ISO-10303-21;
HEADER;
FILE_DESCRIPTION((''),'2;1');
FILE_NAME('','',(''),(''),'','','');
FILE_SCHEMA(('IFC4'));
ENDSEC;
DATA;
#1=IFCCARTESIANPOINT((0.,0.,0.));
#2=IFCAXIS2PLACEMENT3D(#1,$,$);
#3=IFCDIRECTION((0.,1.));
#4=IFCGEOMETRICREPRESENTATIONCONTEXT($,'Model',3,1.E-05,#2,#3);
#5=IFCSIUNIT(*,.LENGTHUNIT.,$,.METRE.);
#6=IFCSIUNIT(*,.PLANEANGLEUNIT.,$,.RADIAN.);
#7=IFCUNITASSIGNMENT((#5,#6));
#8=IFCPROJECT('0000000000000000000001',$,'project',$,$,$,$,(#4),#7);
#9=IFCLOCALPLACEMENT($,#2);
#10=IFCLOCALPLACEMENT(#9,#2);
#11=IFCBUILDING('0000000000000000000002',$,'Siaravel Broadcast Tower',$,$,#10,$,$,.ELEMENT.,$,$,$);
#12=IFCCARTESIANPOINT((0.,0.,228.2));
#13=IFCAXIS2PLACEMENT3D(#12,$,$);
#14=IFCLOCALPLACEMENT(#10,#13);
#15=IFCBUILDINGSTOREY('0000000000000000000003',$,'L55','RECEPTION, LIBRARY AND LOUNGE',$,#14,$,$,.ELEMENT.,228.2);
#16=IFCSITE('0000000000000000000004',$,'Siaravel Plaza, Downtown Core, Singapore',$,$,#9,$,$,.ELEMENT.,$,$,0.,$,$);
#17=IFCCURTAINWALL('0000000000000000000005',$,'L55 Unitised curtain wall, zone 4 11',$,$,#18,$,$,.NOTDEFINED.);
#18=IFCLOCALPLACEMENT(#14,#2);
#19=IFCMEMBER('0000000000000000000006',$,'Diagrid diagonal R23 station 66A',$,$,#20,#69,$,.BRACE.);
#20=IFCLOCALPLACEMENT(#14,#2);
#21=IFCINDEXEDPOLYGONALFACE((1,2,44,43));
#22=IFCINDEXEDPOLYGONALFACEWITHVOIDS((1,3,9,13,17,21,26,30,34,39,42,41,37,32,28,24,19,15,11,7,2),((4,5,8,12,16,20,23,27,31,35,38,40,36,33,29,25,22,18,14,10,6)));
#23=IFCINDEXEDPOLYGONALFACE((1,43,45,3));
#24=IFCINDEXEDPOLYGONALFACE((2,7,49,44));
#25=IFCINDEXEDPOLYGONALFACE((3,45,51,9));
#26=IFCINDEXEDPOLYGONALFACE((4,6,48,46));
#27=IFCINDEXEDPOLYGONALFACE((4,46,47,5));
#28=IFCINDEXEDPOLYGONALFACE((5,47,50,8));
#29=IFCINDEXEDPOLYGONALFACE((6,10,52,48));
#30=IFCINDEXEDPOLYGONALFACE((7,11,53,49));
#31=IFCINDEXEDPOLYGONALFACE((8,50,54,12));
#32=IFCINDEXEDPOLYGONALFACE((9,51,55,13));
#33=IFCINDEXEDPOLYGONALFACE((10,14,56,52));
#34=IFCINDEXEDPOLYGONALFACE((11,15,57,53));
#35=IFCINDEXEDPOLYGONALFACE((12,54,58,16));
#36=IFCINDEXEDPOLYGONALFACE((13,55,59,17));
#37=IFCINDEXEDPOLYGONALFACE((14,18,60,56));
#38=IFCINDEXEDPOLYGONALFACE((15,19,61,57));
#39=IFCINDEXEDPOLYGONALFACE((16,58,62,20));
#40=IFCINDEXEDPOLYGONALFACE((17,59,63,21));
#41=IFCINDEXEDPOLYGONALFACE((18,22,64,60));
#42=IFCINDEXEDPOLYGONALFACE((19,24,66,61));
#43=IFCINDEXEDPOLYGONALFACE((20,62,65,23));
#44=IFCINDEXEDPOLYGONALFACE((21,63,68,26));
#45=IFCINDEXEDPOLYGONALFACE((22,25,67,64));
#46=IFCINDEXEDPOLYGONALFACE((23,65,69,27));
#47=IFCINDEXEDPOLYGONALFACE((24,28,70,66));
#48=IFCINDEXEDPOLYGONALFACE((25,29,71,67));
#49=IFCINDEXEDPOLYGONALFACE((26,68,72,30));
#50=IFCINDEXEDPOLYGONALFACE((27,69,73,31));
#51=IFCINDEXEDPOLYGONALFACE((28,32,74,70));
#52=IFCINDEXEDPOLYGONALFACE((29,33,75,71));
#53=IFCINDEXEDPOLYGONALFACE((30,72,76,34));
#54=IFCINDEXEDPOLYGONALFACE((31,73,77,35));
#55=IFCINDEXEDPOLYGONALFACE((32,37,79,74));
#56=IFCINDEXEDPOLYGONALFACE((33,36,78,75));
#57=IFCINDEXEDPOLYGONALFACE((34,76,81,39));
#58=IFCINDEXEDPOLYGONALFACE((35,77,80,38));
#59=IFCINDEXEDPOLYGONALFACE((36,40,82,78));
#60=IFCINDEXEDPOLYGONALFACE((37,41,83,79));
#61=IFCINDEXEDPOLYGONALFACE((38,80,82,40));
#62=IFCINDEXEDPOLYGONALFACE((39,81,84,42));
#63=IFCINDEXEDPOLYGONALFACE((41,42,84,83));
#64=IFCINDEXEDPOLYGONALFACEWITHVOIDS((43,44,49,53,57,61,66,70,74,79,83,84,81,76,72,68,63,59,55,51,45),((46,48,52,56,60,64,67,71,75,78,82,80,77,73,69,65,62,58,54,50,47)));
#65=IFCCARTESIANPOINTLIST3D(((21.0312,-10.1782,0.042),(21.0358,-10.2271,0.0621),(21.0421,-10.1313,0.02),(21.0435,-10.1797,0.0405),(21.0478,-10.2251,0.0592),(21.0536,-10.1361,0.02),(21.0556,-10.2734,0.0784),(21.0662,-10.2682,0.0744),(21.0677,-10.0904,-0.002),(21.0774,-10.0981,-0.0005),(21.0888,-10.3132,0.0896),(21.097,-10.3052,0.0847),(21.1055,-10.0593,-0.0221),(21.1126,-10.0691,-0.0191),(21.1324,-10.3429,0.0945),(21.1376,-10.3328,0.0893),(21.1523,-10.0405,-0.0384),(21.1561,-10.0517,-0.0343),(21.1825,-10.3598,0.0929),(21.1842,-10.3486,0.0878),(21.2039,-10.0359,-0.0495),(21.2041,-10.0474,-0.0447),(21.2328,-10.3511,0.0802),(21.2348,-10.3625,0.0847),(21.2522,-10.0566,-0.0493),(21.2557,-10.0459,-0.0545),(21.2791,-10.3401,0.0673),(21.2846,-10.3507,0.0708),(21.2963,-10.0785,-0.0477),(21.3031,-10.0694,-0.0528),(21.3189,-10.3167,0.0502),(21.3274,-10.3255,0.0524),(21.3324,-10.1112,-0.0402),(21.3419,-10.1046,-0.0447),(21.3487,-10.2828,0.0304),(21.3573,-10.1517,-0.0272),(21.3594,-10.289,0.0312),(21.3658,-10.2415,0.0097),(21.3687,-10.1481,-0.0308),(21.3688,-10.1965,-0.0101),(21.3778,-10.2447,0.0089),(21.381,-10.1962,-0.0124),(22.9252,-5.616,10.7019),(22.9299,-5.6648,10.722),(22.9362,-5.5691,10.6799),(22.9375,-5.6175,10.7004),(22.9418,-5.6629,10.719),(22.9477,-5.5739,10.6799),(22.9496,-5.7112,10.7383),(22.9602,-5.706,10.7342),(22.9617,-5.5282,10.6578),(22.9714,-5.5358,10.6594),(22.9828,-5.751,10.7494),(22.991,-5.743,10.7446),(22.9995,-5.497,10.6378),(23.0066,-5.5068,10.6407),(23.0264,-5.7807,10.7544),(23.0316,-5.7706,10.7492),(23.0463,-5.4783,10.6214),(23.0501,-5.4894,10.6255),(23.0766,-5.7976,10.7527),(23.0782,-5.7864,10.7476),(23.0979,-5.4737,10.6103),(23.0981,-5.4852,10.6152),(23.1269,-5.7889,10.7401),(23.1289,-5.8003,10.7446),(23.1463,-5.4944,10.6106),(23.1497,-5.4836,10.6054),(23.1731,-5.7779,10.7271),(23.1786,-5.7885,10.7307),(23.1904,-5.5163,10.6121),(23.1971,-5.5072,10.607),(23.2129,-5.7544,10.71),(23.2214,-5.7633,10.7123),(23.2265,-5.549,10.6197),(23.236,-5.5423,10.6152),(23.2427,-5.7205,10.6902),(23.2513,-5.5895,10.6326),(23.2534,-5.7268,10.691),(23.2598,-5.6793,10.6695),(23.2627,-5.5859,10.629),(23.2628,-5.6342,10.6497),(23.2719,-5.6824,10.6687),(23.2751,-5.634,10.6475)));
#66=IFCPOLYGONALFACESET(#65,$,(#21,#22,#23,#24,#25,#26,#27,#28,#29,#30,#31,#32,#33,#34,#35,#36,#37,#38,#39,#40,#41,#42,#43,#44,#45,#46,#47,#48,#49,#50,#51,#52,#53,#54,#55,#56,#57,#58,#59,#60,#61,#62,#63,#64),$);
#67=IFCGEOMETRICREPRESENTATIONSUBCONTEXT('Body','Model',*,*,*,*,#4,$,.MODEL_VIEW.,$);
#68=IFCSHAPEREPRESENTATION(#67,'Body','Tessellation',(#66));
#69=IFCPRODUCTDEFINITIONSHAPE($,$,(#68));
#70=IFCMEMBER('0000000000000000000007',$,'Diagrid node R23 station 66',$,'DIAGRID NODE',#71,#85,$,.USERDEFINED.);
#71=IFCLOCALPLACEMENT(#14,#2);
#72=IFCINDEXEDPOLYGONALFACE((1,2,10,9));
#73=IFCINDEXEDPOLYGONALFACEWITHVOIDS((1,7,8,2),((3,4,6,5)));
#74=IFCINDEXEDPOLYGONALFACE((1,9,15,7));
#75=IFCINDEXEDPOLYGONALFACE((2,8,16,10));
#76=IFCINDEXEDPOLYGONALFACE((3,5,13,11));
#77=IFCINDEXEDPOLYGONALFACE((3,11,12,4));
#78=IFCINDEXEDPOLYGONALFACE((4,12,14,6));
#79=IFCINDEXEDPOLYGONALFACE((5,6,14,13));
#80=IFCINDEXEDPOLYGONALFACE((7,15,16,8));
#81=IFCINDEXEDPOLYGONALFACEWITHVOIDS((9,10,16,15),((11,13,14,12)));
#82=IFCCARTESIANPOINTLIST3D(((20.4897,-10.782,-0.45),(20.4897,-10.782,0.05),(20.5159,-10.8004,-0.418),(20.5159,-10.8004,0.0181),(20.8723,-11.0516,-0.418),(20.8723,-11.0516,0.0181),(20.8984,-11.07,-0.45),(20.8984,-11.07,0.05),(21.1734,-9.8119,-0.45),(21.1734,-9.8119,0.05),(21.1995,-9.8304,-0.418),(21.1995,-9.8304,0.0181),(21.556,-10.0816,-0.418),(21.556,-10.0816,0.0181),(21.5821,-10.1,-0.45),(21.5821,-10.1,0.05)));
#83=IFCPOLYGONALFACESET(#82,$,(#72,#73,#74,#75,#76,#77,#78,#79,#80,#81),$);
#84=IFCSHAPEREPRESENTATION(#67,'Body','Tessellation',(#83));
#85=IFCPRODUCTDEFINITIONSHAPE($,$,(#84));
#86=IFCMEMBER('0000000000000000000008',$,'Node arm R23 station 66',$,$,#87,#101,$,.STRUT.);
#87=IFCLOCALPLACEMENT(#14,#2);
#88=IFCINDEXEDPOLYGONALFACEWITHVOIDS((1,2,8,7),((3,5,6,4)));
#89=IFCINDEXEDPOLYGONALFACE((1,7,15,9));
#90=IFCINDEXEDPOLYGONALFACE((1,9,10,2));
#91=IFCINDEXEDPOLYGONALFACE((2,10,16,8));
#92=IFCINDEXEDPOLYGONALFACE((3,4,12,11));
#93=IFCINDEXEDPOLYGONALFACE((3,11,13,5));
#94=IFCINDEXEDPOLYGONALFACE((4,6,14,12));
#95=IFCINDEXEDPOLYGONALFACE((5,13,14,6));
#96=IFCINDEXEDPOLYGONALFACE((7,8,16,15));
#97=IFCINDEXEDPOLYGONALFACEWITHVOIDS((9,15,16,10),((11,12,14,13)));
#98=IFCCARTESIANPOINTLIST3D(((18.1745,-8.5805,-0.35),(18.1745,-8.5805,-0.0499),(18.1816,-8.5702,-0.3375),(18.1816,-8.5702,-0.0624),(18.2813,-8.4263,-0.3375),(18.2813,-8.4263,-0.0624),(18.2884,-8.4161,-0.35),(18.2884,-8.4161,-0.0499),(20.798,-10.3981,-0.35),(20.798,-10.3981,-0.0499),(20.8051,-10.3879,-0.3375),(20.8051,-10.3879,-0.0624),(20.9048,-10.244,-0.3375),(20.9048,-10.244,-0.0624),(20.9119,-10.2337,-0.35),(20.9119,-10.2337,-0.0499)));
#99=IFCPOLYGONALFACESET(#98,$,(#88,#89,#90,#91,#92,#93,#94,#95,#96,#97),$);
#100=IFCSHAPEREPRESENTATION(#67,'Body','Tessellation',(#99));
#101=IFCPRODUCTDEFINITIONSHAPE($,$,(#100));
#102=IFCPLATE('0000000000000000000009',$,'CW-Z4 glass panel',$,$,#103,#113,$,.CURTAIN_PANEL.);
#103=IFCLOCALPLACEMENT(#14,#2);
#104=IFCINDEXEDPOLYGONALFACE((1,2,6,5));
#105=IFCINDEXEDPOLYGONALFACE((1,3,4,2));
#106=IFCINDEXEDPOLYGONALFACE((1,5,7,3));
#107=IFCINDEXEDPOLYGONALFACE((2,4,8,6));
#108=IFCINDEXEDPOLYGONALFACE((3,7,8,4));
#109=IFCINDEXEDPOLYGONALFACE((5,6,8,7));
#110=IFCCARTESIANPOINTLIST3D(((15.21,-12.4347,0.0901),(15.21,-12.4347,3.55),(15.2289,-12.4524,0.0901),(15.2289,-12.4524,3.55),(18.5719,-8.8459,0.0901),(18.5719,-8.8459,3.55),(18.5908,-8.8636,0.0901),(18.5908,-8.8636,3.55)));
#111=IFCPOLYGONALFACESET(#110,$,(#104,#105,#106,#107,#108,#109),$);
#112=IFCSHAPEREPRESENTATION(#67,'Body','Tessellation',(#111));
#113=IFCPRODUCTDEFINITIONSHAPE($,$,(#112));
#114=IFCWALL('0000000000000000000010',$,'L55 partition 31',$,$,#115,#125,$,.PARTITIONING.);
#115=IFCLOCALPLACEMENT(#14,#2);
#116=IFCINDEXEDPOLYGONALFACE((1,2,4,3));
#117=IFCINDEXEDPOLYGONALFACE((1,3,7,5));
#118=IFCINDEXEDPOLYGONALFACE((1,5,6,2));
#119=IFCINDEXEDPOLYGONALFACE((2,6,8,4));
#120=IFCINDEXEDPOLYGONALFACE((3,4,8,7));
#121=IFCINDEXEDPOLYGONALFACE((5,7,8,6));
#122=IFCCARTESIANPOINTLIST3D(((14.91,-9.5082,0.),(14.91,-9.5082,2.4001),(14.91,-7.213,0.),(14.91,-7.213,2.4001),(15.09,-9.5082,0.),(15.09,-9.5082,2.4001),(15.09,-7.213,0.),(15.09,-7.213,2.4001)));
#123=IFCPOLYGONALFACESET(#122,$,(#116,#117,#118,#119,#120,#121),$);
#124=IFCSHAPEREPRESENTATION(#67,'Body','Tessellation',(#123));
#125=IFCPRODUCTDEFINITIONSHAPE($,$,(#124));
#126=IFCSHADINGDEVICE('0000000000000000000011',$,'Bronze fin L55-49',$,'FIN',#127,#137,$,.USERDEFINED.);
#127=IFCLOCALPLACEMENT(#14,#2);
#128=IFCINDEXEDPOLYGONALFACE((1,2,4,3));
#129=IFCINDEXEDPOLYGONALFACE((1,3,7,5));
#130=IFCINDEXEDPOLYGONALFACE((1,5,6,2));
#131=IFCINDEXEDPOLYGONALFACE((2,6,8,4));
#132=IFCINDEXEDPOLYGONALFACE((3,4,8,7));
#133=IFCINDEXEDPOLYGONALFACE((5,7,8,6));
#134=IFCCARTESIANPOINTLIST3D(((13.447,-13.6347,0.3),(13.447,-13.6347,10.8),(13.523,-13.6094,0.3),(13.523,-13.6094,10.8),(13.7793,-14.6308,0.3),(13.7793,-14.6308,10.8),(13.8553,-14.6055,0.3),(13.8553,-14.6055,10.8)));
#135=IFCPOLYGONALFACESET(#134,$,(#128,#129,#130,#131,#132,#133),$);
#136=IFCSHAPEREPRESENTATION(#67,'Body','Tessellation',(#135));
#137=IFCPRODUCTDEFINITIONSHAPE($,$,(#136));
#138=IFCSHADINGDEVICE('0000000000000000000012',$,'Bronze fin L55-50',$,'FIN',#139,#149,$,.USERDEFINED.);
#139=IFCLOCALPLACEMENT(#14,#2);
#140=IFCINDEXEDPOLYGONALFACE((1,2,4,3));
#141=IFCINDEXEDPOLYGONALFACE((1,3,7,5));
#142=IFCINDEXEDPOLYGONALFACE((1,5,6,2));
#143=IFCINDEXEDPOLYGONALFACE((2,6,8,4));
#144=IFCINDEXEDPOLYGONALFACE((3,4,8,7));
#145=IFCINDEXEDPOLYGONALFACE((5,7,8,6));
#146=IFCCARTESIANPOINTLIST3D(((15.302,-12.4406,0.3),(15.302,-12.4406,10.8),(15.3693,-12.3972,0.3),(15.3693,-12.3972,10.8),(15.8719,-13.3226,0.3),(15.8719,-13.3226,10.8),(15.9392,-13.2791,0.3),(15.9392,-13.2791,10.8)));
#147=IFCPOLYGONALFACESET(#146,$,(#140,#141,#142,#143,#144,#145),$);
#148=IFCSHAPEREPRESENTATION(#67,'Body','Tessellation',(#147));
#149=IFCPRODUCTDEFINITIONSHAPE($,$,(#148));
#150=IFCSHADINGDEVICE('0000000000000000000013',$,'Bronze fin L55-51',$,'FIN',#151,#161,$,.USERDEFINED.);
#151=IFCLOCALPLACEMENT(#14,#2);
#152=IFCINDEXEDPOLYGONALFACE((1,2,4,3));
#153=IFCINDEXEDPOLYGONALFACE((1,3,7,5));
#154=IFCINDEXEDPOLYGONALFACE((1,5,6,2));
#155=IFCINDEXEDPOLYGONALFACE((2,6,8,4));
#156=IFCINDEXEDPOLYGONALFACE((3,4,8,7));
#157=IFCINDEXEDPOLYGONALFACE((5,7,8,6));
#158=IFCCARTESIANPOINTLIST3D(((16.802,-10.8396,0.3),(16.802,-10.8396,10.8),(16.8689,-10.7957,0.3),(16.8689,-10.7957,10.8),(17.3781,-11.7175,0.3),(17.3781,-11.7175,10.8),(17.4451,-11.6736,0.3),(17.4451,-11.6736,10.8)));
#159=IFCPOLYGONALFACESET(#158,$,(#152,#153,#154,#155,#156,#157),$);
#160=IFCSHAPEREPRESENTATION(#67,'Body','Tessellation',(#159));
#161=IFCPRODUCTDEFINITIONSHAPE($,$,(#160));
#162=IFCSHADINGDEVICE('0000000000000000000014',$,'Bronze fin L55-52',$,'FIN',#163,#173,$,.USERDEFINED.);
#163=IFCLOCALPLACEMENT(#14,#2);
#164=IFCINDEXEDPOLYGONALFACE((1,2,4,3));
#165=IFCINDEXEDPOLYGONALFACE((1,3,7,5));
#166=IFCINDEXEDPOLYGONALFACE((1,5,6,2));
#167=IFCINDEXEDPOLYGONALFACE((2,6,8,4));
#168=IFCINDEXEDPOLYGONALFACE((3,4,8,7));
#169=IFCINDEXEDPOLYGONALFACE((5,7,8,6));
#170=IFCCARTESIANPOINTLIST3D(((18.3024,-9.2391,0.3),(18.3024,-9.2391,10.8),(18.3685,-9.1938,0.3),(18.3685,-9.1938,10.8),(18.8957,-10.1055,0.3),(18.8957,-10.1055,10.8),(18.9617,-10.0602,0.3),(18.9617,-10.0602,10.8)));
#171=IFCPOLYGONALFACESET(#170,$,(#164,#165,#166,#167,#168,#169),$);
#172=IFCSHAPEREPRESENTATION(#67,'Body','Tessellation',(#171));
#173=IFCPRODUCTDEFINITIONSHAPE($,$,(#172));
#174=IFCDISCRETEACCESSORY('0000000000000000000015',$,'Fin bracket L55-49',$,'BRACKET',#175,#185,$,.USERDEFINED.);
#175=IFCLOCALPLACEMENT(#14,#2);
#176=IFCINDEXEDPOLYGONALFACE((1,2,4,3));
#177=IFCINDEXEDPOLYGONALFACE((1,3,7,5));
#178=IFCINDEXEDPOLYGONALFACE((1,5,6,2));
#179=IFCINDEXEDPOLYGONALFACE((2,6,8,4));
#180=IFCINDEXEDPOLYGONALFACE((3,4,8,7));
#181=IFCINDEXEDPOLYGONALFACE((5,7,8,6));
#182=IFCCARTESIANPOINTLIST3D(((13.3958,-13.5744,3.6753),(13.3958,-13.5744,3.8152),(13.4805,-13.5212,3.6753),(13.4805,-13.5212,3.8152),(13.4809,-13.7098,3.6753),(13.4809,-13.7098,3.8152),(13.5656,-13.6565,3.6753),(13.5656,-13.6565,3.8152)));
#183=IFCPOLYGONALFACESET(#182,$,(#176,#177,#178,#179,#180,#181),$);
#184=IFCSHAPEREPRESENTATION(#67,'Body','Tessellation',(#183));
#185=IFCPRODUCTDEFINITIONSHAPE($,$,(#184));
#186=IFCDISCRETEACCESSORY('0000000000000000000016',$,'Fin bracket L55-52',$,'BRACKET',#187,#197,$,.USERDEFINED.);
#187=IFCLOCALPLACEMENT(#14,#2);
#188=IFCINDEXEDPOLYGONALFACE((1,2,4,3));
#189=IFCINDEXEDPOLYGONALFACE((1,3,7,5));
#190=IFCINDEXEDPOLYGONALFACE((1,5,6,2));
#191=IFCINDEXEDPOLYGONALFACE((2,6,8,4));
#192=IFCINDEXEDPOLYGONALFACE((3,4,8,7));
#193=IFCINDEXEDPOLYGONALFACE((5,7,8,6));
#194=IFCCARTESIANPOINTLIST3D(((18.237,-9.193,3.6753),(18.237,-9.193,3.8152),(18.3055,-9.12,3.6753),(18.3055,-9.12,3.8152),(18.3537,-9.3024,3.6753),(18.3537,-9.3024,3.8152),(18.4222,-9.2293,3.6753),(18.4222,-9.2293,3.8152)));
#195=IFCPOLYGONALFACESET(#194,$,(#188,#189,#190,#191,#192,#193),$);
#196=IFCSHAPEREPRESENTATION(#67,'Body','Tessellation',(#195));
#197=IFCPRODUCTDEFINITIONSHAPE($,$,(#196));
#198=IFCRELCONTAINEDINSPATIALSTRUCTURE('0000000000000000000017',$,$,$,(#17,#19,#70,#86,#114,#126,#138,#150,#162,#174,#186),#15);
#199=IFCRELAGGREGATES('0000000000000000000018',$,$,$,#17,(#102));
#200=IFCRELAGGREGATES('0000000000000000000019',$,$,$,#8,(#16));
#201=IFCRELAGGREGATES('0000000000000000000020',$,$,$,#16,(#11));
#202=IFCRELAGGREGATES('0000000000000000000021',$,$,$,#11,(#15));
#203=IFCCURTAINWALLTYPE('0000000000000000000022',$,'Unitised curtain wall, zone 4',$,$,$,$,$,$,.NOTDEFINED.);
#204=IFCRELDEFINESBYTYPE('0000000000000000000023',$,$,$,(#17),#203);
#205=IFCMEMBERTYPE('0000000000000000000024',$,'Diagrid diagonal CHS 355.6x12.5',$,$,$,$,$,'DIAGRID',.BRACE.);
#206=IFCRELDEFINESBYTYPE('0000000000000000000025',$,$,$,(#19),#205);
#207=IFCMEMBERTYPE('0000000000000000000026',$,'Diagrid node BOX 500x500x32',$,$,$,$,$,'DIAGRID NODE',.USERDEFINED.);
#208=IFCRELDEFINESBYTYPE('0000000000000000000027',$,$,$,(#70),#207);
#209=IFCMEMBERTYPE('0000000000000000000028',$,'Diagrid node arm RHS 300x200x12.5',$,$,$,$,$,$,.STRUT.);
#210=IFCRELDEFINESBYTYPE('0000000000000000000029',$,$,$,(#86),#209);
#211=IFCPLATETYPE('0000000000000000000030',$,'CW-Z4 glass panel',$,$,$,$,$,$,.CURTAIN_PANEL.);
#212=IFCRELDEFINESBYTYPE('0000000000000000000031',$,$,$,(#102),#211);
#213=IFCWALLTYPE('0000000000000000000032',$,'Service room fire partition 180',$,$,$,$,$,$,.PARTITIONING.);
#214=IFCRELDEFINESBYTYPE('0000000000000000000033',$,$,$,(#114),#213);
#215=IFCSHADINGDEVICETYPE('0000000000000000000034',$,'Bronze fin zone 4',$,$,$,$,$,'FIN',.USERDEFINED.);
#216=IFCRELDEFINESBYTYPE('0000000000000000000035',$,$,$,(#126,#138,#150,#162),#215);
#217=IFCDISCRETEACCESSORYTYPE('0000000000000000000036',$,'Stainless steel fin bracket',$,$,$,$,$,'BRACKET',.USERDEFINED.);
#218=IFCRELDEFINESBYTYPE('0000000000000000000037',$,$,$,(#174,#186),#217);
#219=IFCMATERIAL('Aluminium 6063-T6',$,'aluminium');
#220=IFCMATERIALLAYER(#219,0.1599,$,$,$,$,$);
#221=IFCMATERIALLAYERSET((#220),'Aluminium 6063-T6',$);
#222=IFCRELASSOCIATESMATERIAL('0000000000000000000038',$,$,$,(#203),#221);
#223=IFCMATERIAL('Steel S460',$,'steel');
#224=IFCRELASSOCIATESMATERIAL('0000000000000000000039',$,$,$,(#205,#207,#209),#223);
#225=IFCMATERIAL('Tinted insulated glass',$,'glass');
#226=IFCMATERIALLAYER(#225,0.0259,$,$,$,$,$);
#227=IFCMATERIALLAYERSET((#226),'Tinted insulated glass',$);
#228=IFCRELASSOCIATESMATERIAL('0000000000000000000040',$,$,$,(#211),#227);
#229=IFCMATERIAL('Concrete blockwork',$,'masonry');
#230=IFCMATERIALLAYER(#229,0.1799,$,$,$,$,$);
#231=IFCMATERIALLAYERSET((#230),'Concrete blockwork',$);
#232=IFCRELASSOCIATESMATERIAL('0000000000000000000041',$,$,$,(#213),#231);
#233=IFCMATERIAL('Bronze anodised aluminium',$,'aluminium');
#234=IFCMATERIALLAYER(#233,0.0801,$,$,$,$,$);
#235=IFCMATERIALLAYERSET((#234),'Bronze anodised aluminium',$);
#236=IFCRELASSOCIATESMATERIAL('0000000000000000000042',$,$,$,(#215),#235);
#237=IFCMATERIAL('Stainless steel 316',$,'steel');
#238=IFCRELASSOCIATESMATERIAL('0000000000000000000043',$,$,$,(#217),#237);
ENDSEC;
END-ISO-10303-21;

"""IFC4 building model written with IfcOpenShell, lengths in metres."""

from ifc_helpers import new_model, si_unit, direction, frame, frame_2d, origin, origin_2d, place, context, subcontext, project, spatial, rectangle, hollow_rectangle, hollow_circle, extrude, material, layer, layer_set, material_profile, profile_set, type_object, element, aggregate, save


model = new_model("IFC4")

# Units and contexts
model_context = context("Model", 3, precision=1e-05, world=origin(), true_north=direction((0.0, 1.0)))
body_context = subcontext(model_context, "Body", "Model", "MODEL_VIEW")
ifc_project = project(units=[si_unit("LENGTHUNIT", "METRE"), si_unit("PLANEANGLEUNIT", "RADIAN")], contexts=[model_context])

# Site, building, storey
site_placement = place(None, origin())
site = spatial("IfcSite", under=ifc_project, at=site_placement, Name="Siaravel Plaza, Downtown Core, Singapore", CompositionType="ELEMENT", RefElevation=0.0)
building_placement = place(site_placement, origin())
building = spatial("IfcBuilding", under=site, at=building_placement, Name="Siaravel Broadcast Tower", CompositionType="ELEMENT")
storey_placement = place(building_placement, frame((0.0, 0.0, 228.2)))
storey = spatial("IfcBuildingStorey", under=building, at=storey_placement, Name="L55", Description="RECEPTION, LIBRARY AND LOUNGE", CompositionType="ELEMENT", Elevation=228.2)

# Curtain wall
ifc_material_1 = material(Name="Aluminium 6063-T6", Category="aluminium")
ifc_layer_1 = layer(ifc_material_1, 0.1599)
ifc_layer_set_1 = layer_set([ifc_layer_1], Name="Aluminium 6063-T6")
curtain_wall_type = type_object("IfcCurtainWallType", Name="Unitised curtain wall, zone 4", PredefinedType="NOTDEFINED", material=ifc_layer_set_1)
curtain_wall_1_placement = place(storey_placement, origin())
curtain_wall_1 = element("IfcCurtainWall", 1, at=curtain_wall_1_placement, inside=storey, type_object=curtain_wall_type, Name="L55 Unitised curtain wall, zone 4 11", PredefinedType="NOTDEFINED")

# Members
ifc_material_2 = material(Name="Steel S460", Category="steel")
ifc_material_profile_1 = material_profile(ifc_material_2, hollow_circle(Radius=0.1777, WallThickness=0.0125, at=origin_2d()))
ifc_profile_set_1 = profile_set([ifc_material_profile_1], Name="Steel S460")
member_type_1 = type_object("IfcMemberType", Name="Diagrid diagonal CHS 355.6x12.5", ElementType="DIAGRID", PredefinedType="BRACE", material=ifc_profile_set_1)
member_1_placement = place(storey_placement, frame((21.2063, -10.1995, 0.02), z_axis=(0.161211, 0.388315, 0.907316), x_axis=(-0.923572, 0.383425, 0.0)))
element("IfcMember", 2, at=member_1_placement, inside=storey, type_object=member_type_1, Name="Diagrid diagonal R23 station 66A", PredefinedType="BRACE", context=body_context, shape_type="SweptSolid", body=[
    extrude(hollow_circle(Radius=0.1777, WallThickness=0.0125, at=origin_2d()), origin(), (0.0, 0.0, 1.0), 11.7488),
])
ifc_material_profile_2 = material_profile(ifc_material_2, hollow_rectangle(XDim=0.5, YDim=0.5, WallThickness=0.032, at=origin_2d()))
ifc_profile_set_2 = profile_set([ifc_material_profile_2], Name="Steel S460")
member_type_2 = type_object("IfcMemberType", Name="Diagrid node BOX 500x500x32", ElementType="DIAGRID NODE", PredefinedType="USERDEFINED", material=ifc_profile_set_2)
member_2_placement = place(storey_placement, frame((20.6941, -10.926, -0.2), z_axis=(0.576069, 0.817401, 0.0), x_axis=(-0.817401, 0.576069, 0.0)))
element("IfcMember", 3, at=member_2_placement, inside=storey, type_object=member_type_2, Name="Diagrid node R23 station 66", ObjectType="DIAGRID NODE", PredefinedType="USERDEFINED", context=body_context, shape_type="SweptSolid", body=[
    extrude(hollow_rectangle(XDim=0.5, YDim=0.5, WallThickness=0.032, at=origin_2d()), origin(), (0.0, 0.0, 1.0), 1.1868),
])
ifc_material_profile_3 = material_profile(ifc_material_2, hollow_rectangle(XDim=0.2, YDim=0.3, WallThickness=0.0125, at=origin_2d()))
ifc_profile_set_3 = profile_set([ifc_material_profile_3], Name="Steel S460")
member_type_3 = type_object("IfcMemberType", Name="Diagrid node arm RHS 300x200x12.5", PredefinedType="STRUT", material=ifc_profile_set_3)
member_3_placement = place(storey_placement, frame((18.2314, -8.4983, -0.2), z_axis=(0.821997, -0.569492, 0.0), x_axis=(0.569492, 0.821997, 0.0)))
element("IfcMember", 4, at=member_3_placement, inside=storey, type_object=member_type_3, Name="Node arm R23 station 66", PredefinedType="STRUT", context=body_context, shape_type="SweptSolid", body=[
    extrude(hollow_rectangle(XDim=0.2, YDim=0.3, WallThickness=0.0125, at=origin_2d()), origin(), (0.0, 0.0, 1.0), 3.1917),
])

# Plate
ifc_material_3 = material(Name="Tinted insulated glass", Category="glass")
ifc_layer_2 = layer(ifc_material_3, 0.0259)
ifc_layer_set_2 = layer_set([ifc_layer_2], Name="Tinted insulated glass")
plate_type = type_object("IfcPlateType", Name="CW-Z4 glass panel", PredefinedType="CURTAIN_PANEL", material=ifc_layer_set_2)
plate_placement = place(storey_placement, frame((16.9004, -10.6492, 0.0901), z_axis=(0.0, 0.0, 1.0), x_axis=(0.683654, 0.729806, 0.0)))
plate = element("IfcPlate", 5, at=plate_placement, type_object=plate_type, Name="CW-Z4 glass panel", PredefinedType="CURTAIN_PANEL", context=body_context, shape_type="SweptSolid", body=[
    extrude(rectangle(XDim=4.9175, YDim=0.0259, at=origin_2d()), origin(), (0.0, 0.0, 1.0), 3.46),
])
aggregate(curtain_wall_1, [plate])

# Wall
ifc_material_4 = material(Name="Concrete blockwork", Category="masonry")
ifc_layer_3 = layer(ifc_material_4, 0.1799)
ifc_layer_set_3 = layer_set([ifc_layer_3], Name="Concrete blockwork")
wall_type = type_object("IfcWallType", Name="Service room fire partition 180", PredefinedType="PARTITIONING", material=ifc_layer_set_3)
wall_placement = place(storey_placement, frame((15.0, -9.5081, 0.0), z_axis=(0.0, 0.0, 1.0), x_axis=(0.0, 1.0, 0.0)))
element("IfcWall", 6, at=wall_placement, inside=storey, type_object=wall_type, Name="L55 partition 31", PredefinedType="PARTITIONING", context=body_context, shape_type="SweptSolid", body=[
    extrude(rectangle(XDim=2.2952, YDim=0.1799, at=frame_2d((1.1475, 0.0))), origin(), (0.0, 0.0, 1.0), 2.4001),
])

# Shading devices
ifc_material_5 = material(Name="Bronze anodised aluminium", Category="aluminium")
ifc_layer_4 = layer(ifc_material_5, 0.0801)
ifc_layer_set_4 = layer_set([ifc_layer_4], Name="Bronze anodised aluminium")
shading_device_type = type_object("IfcShadingDeviceType", Name="Bronze fin zone 4", ElementType="FIN", PredefinedType="USERDEFINED", material=ifc_layer_set_4)
for number, where, z_axis, x_axis, name in (
    (7, (13.6511, -14.1201, 0.3), (0.0, 0.0, 1.0), (0.316454, -0.948608, 0.0), "Bronze fin L55-49"),
    (8, (15.6206, -12.8599, 0.3), (0.0, 0.0, 1.0), (0.542752, -0.839893, 0.0), "Bronze fin L55-50"),
    (9, (17.1235, -11.2566, 0.3), (0.0, 0.0, 1.0), (0.54869, -0.836026, 0.0), "Bronze fin L55-51"),
    (10, (18.6321, -9.6497, 0.3), (0.0, 0.0, 1.0), (0.564987, -0.8251, 0.0), "Bronze fin L55-52"),
):
    element("IfcShadingDevice", number, at=place(storey_placement, frame(where, z_axis=z_axis, x_axis=x_axis)), inside=storey, type_object=shading_device_type, Name=name, ObjectType="FIN", PredefinedType="USERDEFINED", context=body_context, shape_type="SweptSolid", body=[
        extrude(rectangle(XDim=1.05, YDim=0.0801, at=origin_2d()), origin(), (0.0, 0.0, 1.0), 10.5),
    ])

# Discrete accessories
ifc_material_6 = material(Name="Stainless steel 316", Category="steel")
discrete_accessory_type_1 = type_object("IfcDiscreteAccessoryType", Name="Stainless steel fin bracket", ElementType="BRACKET", PredefinedType="USERDEFINED", material=ifc_material_6)
for number, where, z_axis, x_axis, name in (
    (11, (13.4807, -13.6155, 3.6753), (0.0, 0.0, 1.0), (0.532151, -0.84665, 0.0), "Fin bracket L55-49"),
    (12, (18.3296, -9.2112, 3.6753), (0.0, 0.0, 1.0), (0.729807, -0.683653, 0.0), "Fin bracket L55-52"),
):
    element("IfcDiscreteAccessory", number, at=place(storey_placement, frame(where, z_axis=z_axis, x_axis=x_axis)), inside=storey, type_object=discrete_accessory_type_1, Name=name, ObjectType="BRACKET", PredefinedType="USERDEFINED", context=body_context, shape_type="SweptSolid", body=[
        extrude(rectangle(XDim=0.1599, YDim=0.1001, at=origin_2d()), origin(), (0.0, 0.0, 1.0), 0.1399),
    ])

save(model, "model.ifc")
